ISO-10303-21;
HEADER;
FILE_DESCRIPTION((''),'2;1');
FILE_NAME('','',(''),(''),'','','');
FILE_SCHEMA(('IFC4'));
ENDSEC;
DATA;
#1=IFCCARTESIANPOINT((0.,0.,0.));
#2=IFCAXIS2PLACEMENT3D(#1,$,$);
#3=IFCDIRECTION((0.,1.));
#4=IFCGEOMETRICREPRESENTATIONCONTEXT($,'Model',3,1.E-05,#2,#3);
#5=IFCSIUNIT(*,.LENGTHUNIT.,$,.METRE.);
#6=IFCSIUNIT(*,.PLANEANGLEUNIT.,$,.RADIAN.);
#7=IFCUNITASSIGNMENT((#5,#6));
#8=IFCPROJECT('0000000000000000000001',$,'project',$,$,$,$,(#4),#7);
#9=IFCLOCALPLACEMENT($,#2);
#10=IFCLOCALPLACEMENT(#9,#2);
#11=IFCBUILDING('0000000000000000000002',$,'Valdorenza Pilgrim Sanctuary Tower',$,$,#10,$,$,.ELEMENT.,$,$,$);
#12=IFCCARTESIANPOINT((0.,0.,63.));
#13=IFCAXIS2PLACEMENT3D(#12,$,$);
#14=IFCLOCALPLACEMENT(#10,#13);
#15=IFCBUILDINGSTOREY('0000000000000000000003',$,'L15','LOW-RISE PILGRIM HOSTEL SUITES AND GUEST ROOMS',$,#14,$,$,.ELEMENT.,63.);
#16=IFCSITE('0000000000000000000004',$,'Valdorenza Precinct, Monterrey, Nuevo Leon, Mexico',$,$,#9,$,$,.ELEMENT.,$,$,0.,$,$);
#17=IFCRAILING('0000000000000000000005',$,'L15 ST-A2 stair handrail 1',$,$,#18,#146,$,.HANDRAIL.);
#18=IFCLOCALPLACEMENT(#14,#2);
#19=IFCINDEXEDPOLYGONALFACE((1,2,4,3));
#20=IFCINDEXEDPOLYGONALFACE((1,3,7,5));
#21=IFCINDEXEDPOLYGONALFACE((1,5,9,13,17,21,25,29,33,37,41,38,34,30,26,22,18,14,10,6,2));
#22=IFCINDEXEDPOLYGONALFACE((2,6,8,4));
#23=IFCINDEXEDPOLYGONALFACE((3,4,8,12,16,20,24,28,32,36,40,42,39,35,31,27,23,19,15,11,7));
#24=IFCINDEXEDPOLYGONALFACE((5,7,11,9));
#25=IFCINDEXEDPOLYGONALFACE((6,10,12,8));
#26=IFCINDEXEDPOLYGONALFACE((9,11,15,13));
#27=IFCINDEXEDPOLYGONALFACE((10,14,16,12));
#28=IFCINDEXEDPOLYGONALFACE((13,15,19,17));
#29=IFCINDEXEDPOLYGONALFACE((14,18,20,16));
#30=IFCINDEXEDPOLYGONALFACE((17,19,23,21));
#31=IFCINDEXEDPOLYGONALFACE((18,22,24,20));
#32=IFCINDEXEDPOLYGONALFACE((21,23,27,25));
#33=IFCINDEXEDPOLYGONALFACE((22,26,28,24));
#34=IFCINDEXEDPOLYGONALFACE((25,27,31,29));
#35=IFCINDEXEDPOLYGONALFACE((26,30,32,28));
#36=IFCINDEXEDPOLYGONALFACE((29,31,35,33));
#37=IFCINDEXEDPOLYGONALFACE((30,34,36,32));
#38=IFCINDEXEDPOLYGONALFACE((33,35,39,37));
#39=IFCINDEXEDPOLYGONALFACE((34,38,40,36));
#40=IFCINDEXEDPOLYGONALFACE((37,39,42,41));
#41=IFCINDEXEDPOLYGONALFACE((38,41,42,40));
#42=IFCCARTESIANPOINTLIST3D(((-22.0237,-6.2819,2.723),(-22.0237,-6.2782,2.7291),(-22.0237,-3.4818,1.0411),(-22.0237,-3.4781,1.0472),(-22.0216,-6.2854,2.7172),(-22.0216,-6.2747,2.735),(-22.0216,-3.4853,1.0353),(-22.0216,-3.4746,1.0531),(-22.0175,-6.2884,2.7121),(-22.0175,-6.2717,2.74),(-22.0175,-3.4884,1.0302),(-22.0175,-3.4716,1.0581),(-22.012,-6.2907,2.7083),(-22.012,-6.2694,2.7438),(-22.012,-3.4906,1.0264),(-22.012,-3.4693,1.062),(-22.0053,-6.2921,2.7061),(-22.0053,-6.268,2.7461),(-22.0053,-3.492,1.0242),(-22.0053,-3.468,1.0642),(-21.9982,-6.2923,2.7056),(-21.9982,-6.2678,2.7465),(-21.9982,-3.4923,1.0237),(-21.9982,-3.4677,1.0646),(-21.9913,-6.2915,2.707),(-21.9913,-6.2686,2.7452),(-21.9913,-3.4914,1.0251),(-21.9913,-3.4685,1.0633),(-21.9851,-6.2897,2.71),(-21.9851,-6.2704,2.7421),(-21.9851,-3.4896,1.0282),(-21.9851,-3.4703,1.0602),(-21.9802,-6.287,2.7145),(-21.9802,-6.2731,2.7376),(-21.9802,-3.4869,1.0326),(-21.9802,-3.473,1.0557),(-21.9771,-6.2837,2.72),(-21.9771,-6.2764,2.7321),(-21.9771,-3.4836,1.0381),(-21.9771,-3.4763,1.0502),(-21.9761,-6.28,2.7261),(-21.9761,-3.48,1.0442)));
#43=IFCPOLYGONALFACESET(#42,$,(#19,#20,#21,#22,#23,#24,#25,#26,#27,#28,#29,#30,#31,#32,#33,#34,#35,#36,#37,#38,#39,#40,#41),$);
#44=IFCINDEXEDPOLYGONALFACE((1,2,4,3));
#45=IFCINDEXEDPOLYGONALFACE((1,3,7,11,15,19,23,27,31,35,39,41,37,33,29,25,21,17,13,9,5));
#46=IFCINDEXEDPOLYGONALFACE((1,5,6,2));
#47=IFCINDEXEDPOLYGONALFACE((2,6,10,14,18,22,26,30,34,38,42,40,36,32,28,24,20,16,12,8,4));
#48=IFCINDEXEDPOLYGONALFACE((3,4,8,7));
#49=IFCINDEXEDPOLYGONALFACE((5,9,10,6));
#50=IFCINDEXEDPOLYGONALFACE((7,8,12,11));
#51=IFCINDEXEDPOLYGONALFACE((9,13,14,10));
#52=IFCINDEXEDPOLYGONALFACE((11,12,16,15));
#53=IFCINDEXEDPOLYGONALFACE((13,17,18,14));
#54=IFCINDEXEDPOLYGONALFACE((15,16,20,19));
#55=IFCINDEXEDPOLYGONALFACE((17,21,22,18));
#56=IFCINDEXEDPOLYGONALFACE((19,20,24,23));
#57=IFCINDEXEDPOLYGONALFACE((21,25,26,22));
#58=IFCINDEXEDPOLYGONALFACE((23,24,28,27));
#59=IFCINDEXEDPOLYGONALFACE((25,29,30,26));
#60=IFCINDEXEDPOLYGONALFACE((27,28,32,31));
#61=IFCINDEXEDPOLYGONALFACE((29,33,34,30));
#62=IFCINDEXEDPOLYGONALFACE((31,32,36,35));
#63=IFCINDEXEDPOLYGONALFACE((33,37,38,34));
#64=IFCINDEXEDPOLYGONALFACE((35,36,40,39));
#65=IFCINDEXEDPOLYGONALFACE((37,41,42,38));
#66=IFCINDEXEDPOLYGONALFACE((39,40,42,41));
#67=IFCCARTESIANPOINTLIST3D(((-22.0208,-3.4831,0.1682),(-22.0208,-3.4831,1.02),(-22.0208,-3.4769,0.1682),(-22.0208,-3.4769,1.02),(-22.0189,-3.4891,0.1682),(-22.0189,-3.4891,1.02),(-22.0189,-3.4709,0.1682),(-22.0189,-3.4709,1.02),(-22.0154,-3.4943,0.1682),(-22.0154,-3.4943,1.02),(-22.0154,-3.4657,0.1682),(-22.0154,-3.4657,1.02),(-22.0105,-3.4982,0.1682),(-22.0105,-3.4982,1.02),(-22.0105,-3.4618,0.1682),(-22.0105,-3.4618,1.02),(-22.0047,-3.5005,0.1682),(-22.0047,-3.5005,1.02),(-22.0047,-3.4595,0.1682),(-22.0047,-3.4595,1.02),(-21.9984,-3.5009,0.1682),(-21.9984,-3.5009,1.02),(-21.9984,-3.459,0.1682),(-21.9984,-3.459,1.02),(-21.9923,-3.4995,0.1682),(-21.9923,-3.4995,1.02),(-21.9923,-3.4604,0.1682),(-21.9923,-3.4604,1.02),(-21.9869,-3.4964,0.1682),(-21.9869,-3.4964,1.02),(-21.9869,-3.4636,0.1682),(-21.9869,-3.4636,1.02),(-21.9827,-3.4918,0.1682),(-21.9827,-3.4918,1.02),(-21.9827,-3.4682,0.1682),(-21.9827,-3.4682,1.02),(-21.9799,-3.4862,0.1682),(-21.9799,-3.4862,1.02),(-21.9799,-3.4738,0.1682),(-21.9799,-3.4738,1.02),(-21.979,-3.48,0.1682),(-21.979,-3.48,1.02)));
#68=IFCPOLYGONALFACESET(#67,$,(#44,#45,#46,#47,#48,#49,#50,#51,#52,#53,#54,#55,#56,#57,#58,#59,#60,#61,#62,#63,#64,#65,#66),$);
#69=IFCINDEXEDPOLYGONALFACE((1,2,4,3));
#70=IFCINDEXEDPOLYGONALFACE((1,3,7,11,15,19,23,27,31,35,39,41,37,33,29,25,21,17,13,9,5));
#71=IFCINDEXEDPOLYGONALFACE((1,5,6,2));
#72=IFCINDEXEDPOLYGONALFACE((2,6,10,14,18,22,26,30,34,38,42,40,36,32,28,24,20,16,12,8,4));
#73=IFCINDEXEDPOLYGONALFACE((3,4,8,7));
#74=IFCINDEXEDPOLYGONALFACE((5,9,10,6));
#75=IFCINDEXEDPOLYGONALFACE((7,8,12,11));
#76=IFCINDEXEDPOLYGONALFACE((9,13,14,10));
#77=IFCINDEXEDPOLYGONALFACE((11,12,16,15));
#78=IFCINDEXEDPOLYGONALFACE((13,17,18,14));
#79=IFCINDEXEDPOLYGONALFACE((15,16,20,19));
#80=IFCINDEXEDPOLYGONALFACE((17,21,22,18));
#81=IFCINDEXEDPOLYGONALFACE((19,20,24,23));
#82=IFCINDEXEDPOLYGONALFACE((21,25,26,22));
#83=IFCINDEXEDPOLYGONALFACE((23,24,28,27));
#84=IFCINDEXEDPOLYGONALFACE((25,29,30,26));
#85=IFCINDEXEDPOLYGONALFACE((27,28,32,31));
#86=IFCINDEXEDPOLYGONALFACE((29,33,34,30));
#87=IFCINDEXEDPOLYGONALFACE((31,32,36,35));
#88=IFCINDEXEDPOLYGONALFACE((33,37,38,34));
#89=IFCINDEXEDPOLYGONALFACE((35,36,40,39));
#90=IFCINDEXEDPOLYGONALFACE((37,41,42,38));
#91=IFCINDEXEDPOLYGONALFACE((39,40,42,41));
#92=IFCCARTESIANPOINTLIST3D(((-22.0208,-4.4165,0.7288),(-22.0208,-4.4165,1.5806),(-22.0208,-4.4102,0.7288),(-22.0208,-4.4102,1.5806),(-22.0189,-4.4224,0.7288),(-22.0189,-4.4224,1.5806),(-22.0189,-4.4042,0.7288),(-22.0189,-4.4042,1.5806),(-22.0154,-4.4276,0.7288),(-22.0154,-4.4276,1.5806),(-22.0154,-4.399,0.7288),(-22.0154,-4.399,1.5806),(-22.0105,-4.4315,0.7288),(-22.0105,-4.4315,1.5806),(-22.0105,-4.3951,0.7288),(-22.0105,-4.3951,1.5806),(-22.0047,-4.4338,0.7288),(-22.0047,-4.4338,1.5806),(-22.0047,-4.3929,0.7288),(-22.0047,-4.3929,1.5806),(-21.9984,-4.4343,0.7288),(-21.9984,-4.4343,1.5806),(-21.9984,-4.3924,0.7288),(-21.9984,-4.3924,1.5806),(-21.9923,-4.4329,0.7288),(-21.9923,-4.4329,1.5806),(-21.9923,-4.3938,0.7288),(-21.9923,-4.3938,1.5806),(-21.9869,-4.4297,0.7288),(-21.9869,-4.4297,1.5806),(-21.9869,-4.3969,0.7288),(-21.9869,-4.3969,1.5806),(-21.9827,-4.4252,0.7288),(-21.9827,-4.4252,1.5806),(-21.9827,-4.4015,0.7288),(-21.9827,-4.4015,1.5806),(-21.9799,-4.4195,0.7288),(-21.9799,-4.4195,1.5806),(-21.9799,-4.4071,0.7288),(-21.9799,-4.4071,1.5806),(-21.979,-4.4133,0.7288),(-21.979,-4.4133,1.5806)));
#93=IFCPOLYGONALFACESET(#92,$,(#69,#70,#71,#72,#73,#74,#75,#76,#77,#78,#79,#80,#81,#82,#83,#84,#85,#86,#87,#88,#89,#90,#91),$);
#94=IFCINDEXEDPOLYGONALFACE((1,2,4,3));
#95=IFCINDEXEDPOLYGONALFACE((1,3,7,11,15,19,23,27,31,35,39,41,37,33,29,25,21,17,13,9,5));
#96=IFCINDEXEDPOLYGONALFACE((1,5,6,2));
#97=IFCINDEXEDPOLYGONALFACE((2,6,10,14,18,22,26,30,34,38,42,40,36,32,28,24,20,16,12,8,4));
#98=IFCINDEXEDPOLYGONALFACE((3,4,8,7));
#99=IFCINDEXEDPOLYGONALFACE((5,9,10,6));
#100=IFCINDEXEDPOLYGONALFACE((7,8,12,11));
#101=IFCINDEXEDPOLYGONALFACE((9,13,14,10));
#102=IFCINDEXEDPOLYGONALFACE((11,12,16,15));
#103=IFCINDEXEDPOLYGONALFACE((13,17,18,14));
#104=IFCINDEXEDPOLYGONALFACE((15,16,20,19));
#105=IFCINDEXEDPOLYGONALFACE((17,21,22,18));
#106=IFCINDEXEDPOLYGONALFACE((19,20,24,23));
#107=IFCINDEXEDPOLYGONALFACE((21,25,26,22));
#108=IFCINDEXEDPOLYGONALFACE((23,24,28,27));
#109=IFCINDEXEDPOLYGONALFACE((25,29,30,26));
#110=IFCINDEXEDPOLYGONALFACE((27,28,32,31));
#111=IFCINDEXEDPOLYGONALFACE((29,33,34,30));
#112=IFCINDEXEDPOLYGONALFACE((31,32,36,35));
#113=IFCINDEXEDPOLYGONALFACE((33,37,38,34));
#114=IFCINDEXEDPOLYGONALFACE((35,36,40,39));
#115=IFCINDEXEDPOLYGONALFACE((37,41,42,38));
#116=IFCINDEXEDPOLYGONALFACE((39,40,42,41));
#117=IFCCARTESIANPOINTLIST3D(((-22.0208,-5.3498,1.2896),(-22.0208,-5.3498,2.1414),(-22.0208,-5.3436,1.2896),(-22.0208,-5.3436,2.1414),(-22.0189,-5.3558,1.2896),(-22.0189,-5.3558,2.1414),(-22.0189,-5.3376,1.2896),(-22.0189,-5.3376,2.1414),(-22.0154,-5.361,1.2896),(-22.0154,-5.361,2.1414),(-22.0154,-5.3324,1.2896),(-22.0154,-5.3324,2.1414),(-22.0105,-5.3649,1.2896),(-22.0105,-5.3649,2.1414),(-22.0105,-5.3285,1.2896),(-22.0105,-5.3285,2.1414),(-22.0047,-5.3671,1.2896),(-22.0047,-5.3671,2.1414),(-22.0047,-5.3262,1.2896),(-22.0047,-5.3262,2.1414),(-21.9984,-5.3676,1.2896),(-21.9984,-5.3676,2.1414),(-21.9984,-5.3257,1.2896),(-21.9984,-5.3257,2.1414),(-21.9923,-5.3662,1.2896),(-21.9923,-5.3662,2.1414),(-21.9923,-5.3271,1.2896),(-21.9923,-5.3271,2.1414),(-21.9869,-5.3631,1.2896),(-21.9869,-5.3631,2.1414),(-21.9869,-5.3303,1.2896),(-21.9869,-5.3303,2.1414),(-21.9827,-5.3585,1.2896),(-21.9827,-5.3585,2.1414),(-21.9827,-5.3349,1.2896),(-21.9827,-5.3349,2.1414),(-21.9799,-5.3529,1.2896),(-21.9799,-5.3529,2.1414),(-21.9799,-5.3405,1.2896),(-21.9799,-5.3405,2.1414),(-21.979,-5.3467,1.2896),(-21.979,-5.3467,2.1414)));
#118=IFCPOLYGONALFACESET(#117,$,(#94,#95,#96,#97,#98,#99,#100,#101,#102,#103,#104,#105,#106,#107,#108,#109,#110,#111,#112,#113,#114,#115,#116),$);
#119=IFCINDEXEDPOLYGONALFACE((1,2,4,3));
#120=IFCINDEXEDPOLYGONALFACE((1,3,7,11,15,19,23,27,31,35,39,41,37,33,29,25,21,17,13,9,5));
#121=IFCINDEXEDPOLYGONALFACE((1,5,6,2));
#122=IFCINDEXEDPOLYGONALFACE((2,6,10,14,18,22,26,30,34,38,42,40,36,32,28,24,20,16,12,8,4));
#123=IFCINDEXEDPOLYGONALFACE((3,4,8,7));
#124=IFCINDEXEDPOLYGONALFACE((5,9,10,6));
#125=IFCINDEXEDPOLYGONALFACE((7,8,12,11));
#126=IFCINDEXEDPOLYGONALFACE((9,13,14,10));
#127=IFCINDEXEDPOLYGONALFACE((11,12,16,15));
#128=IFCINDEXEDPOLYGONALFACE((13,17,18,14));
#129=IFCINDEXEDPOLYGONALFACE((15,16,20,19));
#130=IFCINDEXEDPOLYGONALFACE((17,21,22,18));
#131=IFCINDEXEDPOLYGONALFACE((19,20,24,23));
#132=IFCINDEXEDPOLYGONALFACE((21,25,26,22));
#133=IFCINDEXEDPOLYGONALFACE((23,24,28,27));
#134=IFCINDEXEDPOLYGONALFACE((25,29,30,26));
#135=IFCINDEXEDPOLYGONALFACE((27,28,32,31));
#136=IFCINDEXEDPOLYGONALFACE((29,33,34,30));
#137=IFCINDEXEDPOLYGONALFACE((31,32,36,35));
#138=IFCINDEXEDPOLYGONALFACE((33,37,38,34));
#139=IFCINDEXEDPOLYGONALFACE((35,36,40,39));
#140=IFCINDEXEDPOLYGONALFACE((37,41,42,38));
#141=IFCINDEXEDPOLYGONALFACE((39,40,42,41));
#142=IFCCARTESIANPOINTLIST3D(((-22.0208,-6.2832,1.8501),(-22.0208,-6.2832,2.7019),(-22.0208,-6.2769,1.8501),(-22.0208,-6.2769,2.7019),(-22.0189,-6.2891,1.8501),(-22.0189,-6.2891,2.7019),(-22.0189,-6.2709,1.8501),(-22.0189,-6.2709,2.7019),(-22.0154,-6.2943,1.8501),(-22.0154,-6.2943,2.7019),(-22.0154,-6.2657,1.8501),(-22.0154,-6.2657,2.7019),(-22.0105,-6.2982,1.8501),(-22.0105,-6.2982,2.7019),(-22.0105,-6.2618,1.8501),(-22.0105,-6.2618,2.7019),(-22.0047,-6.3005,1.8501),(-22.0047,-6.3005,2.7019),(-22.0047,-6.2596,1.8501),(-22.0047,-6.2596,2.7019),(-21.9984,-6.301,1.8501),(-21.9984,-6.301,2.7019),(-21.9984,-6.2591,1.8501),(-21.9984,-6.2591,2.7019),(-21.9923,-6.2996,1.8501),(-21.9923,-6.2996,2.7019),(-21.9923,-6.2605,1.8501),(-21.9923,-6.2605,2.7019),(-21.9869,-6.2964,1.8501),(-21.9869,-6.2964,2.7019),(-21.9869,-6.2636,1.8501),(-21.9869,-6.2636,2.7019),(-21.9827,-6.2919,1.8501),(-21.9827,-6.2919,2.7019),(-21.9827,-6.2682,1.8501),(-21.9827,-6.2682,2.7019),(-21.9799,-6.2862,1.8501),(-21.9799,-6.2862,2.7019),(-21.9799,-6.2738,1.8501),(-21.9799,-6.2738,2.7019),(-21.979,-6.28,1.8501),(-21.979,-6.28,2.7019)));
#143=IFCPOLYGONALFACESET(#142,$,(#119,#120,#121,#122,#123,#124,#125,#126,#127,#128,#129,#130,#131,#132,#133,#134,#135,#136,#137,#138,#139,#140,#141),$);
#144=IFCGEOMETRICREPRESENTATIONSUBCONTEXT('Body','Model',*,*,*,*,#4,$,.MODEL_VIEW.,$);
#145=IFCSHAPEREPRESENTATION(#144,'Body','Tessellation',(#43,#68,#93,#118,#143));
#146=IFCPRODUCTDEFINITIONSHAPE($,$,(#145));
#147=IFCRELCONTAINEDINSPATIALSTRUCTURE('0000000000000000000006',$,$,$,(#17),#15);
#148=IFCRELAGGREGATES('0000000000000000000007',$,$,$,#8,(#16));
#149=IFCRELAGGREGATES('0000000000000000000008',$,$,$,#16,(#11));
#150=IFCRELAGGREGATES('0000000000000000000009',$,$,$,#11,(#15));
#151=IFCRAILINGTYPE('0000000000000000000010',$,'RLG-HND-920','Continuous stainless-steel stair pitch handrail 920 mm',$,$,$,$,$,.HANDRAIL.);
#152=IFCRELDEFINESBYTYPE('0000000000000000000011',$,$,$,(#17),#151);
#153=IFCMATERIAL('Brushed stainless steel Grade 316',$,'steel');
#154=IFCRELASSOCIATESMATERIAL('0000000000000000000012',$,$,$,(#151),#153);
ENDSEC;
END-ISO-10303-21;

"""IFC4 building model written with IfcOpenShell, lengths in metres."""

from ifc_helpers import new_model, si_unit, direction, frame, origin, origin_2d, place, context, subcontext, project, spatial, circle, extrude, material, type_object, element, save


model = new_model("IFC4")

# Units and contexts
model_context = context("Model", 3, precision=1e-05, world=origin(), true_north=direction((0.0, 1.0)))
body_context = subcontext(model_context, "Body", "Model", "MODEL_VIEW")
ifc_project = project(units=[si_unit("LENGTHUNIT", "METRE"), si_unit("PLANEANGLEUNIT", "RADIAN")], contexts=[model_context])

# Site, building, storey
site_placement = place(None, origin())
site = spatial("IfcSite", under=ifc_project, at=site_placement, Name="Valdorenza Precinct, Monterrey, Nuevo Leon, Mexico", CompositionType="ELEMENT", RefElevation=0.0)
building_placement = place(site_placement, origin())
building = spatial("IfcBuilding", under=site, at=building_placement, Name="Valdorenza Pilgrim Sanctuary Tower", CompositionType="ELEMENT")
storey_placement = place(building_placement, frame((0.0, 0.0, 63.0)))
storey = spatial("IfcBuildingStorey", under=building, at=storey_placement, Name="L15", Description="LOW-RISE PILGRIM HOSTEL SUITES AND GUEST ROOMS", CompositionType="ELEMENT", Elevation=63.0)

# Shared definitions
ifc_material_1 = material(Name="Brushed stainless steel Grade 316", Category="steel")

# Railing
railing_type_1 = type_object("IfcRailingType", Name="RLG-HND-920", Description="Continuous stainless-steel stair pitch handrail 920 mm", PredefinedType="HANDRAIL", material=ifc_material_1)
railing_1_placement = place(storey_placement, frame((-22.0, -3.48, 0.1682)))
element("IfcRailing", 1, at=railing_1_placement, inside=storey, type_object=railing_type_1, Name="L15 ST-A2 stair handrail 1", PredefinedType="HANDRAIL", context=body_context, shape_type="SweptSolid", body=[
    extrude(circle(Radius=0.0239, at=origin_2d()), frame((0.0, 0.0, 0.876), z_axis=(0.0, -0.857242, 0.514913), x_axis=(1.0, 0.0, 0.0)), (0.0, 0.0, 1.0), 3.2664),
    extrude(circle(Radius=0.021, at=origin_2d()), origin(), (0.0, 0.0, 1.0), 0.8518),
    extrude(circle(Radius=0.021, at=origin_2d()), frame((0.0, -0.9333, 0.5605)), (0.0, 0.0, 1.0), 0.8518),
    extrude(circle(Radius=0.021, at=origin_2d()), frame((0.0, -1.8667, 1.1213)), (0.0, 0.0, 1.0), 0.8518),
    extrude(circle(Radius=0.021, at=origin_2d()), frame((0.0, -2.8, 1.6819)), (0.0, 0.0, 1.0), 0.8518),
])

save(model, "model.ifc")
